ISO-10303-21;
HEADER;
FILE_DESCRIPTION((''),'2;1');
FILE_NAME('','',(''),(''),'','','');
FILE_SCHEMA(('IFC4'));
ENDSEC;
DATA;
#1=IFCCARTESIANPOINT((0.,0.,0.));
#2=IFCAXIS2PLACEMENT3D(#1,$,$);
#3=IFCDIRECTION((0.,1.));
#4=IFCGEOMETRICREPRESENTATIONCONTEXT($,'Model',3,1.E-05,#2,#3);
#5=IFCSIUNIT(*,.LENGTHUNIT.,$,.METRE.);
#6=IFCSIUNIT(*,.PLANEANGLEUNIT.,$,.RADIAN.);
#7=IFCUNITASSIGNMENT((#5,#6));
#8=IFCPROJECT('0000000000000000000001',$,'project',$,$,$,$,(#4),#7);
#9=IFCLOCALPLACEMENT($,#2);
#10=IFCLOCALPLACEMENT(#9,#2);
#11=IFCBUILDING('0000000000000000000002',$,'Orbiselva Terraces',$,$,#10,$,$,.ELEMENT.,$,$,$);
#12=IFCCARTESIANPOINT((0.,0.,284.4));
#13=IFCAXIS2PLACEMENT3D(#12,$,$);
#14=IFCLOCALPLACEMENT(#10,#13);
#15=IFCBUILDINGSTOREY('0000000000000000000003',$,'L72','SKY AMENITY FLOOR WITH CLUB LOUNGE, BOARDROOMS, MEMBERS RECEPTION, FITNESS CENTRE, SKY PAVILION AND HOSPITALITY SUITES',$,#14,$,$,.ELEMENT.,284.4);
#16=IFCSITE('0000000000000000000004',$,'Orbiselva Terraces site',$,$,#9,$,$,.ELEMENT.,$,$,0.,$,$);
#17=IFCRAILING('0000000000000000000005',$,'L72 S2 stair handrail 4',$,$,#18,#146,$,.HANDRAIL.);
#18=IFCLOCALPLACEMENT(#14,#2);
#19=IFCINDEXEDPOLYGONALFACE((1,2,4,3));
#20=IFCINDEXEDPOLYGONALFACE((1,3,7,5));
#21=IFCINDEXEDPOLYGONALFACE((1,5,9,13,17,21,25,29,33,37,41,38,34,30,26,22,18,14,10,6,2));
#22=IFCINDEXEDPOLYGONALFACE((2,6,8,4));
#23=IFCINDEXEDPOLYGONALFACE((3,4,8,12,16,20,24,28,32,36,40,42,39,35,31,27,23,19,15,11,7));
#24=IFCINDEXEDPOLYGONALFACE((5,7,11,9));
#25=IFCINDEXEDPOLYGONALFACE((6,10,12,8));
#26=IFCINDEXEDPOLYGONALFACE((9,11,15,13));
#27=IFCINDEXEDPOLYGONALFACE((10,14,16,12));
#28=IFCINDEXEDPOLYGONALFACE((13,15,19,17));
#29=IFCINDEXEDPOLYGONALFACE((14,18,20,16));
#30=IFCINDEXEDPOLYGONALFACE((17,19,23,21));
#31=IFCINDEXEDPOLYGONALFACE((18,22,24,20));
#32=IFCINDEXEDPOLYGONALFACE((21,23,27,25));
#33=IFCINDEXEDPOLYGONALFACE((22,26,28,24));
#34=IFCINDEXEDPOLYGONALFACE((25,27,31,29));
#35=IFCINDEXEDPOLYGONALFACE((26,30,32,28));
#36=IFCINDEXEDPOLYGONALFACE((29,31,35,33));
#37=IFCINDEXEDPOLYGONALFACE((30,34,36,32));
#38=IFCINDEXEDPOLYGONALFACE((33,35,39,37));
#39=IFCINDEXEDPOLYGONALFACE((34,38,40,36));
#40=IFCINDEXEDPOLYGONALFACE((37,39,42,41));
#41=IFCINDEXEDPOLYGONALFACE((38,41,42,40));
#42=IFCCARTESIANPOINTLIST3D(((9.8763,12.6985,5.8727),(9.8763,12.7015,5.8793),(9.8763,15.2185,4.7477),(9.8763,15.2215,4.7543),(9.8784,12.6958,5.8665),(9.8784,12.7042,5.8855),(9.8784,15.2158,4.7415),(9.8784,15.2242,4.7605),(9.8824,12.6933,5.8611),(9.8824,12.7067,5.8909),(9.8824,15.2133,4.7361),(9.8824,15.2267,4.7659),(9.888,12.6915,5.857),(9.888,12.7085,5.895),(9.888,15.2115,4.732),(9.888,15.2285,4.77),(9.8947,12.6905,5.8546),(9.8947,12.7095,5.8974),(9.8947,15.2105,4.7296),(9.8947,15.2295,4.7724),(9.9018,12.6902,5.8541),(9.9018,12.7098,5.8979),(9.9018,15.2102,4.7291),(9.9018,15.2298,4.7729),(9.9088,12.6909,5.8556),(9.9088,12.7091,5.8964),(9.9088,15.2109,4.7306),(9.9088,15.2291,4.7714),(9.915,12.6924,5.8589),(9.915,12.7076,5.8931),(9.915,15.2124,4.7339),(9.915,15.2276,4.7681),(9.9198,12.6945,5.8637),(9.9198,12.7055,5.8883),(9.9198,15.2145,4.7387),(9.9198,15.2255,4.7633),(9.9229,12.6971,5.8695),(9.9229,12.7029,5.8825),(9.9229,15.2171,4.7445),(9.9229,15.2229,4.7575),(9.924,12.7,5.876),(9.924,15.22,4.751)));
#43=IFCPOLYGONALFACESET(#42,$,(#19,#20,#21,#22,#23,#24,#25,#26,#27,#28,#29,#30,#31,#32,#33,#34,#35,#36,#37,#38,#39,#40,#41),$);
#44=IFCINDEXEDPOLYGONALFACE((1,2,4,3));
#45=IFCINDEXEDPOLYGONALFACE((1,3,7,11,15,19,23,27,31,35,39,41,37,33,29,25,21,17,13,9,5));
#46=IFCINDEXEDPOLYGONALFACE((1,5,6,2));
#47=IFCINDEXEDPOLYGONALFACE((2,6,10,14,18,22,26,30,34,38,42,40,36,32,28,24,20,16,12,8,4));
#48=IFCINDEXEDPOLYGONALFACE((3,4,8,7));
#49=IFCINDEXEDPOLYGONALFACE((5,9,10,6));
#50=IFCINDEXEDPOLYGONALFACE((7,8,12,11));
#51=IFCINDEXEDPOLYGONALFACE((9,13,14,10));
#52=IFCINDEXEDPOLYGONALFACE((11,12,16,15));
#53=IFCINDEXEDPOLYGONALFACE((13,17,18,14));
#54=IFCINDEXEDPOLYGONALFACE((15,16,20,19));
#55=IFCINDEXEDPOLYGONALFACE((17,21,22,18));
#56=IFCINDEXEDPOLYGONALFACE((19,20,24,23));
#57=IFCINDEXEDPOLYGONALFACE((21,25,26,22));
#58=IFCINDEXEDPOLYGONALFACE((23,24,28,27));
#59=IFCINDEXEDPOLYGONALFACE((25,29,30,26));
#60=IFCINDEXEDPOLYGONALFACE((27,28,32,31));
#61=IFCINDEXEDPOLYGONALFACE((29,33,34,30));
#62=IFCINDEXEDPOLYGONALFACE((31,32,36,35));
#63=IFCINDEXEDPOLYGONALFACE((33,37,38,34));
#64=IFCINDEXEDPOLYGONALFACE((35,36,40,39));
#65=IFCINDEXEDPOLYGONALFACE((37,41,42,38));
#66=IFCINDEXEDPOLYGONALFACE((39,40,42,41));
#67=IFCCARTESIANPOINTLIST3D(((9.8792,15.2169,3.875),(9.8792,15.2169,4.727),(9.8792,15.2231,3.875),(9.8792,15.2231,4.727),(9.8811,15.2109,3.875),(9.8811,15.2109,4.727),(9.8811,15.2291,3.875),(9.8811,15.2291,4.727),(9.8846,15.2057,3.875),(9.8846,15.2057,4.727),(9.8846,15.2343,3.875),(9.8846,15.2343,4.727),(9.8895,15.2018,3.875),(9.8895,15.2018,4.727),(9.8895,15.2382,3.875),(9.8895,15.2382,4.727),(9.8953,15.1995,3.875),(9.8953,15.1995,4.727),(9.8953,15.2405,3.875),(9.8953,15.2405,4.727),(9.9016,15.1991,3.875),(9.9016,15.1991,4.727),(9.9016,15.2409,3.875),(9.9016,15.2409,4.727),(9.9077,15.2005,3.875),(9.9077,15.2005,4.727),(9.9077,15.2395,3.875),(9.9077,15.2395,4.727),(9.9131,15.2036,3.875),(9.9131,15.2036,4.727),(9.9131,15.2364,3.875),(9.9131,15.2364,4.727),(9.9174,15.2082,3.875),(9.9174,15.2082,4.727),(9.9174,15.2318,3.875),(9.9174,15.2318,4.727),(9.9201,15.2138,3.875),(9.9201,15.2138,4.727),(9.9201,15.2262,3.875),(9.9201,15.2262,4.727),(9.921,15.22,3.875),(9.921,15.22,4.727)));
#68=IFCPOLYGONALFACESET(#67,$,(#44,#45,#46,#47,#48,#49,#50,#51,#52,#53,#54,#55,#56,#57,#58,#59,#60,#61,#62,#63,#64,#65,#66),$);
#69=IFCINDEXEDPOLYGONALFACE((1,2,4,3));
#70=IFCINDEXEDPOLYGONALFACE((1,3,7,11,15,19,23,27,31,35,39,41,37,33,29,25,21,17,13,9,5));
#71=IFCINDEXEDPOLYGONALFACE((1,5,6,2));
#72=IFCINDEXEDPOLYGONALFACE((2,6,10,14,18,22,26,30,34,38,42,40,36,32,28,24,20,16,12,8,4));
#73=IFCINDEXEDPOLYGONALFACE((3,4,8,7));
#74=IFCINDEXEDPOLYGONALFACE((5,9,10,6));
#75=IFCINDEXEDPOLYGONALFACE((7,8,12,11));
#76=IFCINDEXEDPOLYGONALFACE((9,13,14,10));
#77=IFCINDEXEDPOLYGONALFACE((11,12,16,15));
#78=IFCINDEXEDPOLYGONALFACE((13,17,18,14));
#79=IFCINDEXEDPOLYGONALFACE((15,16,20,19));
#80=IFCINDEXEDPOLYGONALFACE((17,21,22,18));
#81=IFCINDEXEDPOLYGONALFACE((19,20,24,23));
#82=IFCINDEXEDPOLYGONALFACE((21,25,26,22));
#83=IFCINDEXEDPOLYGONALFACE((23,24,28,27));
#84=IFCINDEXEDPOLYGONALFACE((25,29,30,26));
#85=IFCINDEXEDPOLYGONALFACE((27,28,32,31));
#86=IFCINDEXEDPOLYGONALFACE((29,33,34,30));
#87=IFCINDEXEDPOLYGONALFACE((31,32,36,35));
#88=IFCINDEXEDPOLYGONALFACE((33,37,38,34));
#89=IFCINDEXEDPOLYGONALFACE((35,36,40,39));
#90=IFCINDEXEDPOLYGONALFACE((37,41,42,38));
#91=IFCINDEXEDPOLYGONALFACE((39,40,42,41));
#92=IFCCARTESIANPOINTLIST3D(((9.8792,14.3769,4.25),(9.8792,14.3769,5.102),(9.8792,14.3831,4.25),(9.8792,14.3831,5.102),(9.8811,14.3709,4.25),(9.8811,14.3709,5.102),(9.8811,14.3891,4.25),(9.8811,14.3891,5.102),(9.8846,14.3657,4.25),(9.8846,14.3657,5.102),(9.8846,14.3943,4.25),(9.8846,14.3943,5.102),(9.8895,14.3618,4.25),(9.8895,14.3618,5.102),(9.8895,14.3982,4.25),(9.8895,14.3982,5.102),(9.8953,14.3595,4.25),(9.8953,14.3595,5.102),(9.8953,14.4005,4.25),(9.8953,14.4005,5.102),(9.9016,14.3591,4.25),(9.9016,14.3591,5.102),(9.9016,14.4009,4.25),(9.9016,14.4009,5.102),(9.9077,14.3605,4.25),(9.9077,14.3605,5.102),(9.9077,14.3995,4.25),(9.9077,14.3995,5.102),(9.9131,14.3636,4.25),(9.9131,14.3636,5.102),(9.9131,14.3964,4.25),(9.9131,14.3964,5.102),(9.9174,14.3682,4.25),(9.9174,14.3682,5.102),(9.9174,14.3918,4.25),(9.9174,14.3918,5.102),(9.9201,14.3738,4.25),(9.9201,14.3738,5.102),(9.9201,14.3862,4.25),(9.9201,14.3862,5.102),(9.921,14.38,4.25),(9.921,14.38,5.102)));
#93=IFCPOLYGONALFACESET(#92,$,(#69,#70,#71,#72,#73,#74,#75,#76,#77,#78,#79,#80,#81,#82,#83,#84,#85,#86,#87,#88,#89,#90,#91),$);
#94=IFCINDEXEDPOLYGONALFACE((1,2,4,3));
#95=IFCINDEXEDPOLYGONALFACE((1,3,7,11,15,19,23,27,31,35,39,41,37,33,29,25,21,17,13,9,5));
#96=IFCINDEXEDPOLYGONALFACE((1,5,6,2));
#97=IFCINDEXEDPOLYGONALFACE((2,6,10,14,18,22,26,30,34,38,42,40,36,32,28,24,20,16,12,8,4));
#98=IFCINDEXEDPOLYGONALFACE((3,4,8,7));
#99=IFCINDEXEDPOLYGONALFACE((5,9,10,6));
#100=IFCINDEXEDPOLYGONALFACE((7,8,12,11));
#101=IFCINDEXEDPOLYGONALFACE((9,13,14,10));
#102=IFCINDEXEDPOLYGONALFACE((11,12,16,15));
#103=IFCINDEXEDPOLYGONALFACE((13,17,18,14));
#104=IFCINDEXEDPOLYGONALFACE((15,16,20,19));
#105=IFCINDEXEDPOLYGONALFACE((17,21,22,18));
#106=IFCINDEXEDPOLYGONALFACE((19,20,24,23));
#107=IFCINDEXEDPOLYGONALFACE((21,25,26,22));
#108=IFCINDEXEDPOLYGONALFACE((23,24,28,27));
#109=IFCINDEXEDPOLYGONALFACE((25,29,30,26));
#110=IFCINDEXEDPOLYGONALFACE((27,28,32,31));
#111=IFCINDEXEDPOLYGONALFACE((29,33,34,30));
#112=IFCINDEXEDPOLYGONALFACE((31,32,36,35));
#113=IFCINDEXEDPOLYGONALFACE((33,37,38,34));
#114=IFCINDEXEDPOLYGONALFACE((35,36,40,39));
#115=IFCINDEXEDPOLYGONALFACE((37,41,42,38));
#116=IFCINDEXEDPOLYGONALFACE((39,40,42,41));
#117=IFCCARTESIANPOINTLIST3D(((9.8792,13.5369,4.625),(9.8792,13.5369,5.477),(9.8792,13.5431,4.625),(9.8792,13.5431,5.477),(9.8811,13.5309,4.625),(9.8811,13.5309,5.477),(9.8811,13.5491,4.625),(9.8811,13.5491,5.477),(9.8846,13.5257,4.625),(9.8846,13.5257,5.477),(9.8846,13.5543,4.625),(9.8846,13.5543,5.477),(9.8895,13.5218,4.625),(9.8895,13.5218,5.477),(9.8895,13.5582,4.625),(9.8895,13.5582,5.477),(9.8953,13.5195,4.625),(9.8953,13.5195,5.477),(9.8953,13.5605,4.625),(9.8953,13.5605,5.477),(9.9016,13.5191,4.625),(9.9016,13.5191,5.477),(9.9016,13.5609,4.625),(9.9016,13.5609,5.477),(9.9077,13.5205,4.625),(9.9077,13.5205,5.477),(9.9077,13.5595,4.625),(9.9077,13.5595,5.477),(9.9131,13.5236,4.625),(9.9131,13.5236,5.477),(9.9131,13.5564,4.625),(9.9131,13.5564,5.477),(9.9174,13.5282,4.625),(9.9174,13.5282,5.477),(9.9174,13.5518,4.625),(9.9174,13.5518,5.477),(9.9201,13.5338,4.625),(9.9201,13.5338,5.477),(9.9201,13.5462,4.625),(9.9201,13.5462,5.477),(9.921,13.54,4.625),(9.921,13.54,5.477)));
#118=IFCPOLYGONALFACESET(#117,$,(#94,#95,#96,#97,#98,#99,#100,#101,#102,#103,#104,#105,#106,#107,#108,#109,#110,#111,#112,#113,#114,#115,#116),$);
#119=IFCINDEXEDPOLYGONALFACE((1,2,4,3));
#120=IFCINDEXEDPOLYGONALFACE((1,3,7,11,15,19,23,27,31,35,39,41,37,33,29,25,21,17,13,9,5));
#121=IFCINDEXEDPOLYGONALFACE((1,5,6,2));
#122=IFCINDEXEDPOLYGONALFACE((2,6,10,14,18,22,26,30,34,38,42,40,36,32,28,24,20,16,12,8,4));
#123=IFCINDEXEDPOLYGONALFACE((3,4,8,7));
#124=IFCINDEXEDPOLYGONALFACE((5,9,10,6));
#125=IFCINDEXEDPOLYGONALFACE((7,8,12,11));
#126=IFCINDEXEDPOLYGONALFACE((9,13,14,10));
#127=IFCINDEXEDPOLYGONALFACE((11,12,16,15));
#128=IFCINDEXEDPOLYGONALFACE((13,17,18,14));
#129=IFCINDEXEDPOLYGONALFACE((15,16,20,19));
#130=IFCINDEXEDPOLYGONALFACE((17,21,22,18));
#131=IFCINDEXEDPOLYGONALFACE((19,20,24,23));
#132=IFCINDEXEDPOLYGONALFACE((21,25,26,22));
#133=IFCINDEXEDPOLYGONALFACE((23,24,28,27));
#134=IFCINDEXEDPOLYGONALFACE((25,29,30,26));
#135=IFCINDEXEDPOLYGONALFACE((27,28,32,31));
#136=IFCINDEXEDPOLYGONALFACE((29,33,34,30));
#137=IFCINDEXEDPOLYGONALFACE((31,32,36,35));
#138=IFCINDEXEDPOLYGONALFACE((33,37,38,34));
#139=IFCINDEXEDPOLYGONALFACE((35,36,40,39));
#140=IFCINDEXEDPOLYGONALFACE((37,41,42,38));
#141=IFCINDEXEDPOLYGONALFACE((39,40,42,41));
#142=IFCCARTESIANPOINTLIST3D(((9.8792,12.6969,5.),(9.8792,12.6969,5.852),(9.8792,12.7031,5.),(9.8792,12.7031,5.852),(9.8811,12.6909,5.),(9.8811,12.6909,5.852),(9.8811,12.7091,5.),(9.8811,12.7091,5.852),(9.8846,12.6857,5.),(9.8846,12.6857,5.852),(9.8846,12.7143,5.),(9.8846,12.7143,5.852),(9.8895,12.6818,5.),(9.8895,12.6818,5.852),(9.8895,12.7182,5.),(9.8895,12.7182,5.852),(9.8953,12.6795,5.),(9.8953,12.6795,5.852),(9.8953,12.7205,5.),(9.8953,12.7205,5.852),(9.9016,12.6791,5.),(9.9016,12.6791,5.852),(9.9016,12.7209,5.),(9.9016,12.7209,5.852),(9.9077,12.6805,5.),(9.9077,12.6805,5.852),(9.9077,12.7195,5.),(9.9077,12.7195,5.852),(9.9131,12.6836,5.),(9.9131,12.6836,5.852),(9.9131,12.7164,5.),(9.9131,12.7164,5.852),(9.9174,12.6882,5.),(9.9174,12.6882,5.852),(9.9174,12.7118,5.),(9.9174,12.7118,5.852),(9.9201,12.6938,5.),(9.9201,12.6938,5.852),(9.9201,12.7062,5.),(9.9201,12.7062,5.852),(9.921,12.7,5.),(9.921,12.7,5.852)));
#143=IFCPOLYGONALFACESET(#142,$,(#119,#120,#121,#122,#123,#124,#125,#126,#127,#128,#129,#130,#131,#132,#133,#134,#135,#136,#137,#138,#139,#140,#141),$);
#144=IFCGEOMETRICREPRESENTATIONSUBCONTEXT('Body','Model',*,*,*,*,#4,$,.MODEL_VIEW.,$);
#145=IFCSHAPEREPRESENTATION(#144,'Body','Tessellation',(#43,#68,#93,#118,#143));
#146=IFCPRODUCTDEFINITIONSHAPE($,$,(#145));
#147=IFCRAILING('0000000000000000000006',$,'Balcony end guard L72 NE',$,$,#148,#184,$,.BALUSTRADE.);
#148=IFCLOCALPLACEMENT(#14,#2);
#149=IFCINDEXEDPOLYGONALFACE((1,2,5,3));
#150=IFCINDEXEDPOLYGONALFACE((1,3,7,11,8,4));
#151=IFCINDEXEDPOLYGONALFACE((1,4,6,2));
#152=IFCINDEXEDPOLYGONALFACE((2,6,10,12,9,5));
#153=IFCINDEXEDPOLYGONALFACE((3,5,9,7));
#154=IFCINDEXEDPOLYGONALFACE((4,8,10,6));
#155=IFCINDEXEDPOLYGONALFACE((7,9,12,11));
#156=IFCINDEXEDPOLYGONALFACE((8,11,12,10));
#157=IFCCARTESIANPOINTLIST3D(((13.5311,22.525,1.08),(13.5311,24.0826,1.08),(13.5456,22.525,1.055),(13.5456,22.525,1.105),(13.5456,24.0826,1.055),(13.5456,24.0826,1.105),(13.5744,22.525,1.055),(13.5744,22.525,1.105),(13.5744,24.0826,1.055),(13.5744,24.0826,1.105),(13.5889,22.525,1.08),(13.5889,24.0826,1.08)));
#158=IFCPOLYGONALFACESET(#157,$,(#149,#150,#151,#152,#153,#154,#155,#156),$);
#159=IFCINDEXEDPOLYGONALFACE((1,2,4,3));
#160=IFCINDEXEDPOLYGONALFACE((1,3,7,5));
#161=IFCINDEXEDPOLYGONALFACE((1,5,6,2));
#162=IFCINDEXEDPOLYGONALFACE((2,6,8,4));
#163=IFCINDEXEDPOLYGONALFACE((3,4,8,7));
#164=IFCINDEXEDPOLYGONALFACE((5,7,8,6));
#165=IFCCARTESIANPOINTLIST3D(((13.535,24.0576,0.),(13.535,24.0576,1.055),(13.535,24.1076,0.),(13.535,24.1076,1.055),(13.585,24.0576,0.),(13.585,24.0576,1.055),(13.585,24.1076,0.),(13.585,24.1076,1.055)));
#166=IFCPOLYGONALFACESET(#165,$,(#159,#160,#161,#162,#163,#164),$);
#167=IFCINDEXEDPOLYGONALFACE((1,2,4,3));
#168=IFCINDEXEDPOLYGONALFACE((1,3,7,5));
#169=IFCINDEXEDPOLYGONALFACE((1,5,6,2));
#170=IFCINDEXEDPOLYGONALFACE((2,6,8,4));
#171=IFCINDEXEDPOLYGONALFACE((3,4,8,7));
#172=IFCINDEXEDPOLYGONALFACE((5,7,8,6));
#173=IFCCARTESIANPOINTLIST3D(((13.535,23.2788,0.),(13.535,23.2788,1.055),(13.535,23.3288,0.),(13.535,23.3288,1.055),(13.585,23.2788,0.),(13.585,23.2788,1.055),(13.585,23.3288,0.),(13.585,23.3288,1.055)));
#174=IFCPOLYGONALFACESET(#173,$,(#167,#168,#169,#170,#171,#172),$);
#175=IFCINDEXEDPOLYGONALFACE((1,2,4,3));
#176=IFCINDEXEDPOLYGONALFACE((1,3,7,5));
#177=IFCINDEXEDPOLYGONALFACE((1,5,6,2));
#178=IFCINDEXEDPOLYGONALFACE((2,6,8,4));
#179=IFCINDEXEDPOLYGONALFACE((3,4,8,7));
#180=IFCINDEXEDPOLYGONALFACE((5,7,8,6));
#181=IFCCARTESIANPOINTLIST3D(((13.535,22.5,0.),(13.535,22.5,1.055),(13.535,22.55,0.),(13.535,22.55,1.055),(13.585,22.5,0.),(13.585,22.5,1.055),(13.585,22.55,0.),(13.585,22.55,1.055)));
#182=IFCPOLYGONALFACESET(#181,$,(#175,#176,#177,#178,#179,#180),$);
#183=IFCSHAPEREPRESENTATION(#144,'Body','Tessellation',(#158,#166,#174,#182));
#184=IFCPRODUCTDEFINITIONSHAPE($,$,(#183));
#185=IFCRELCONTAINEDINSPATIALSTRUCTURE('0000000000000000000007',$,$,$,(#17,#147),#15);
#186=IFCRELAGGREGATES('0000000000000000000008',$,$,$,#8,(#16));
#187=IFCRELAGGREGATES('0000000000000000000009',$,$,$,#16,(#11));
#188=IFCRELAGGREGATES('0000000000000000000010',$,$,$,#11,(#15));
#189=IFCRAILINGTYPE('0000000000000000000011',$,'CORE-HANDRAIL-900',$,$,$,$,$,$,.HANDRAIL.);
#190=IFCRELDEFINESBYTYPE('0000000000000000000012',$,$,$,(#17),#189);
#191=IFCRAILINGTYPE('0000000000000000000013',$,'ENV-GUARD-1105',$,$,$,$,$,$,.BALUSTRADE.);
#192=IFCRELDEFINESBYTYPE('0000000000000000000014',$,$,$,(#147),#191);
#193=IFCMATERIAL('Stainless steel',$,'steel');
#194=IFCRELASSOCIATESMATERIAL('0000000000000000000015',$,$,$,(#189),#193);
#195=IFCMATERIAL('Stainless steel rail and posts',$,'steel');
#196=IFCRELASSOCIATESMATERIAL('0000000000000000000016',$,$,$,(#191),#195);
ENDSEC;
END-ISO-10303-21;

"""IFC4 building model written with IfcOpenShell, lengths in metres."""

from ifc_helpers import new_model, si_unit, direction, frame, origin, origin_2d, place, context, subcontext, project, spatial, polyline, rectangle, circle, outline, extrude, material, type_object, element, save


model = new_model("IFC4")

# Units and contexts
model_context = context("Model", 3, precision=1e-05, world=origin(), true_north=direction((0.0, 1.0)))
body_context = subcontext(model_context, "Body", "Model", "MODEL_VIEW")
ifc_project = project(units=[si_unit("LENGTHUNIT", "METRE"), si_unit("PLANEANGLEUNIT", "RADIAN")], contexts=[model_context])

# Site, building, storey
site_placement = place(None, origin())
site = spatial("IfcSite", under=ifc_project, at=site_placement, Name="Orbiselva Terraces site", CompositionType="ELEMENT", RefElevation=0.0)
building_placement = place(site_placement, origin())
building = spatial("IfcBuilding", under=site, at=building_placement, Name="Orbiselva Terraces", CompositionType="ELEMENT")
storey_placement = place(building_placement, frame((0.0, 0.0, 284.4)))
storey = spatial("IfcBuildingStorey", under=building, at=storey_placement, Name="L72", Description="SKY AMENITY FLOOR WITH CLUB LOUNGE, BOARDROOMS, MEMBERS RECEPTION, FITNESS CENTRE, SKY PAVILION AND HOSPITALITY SUITES", CompositionType="ELEMENT", Elevation=284.4)

# Railings
ifc_material_1 = material(Name="Stainless steel", Category="steel")
railing_type_1 = type_object("IfcRailingType", Name="CORE-HANDRAIL-900", PredefinedType="HANDRAIL", material=ifc_material_1)
for number, where, name in (
    (1, (9.9, 15.22, 3.875), "L72 S2 stair handrail 4"),
):
    element("IfcRailing", number, at=place(storey_placement, frame(where)), inside=storey, type_object=railing_type_1, Name=name, PredefinedType="HANDRAIL", context=body_context, shape_type="SweptSolid", body=[
        extrude(circle(Radius=0.024, at=origin_2d()), frame((0.0, 0.0, 0.876), z_axis=(0.0, -0.913138, 0.407651), x_axis=(1.0, 0.0, 0.0)), (0.0, 0.0, 1.0), 2.7597),
        extrude(circle(Radius=0.021, at=origin_2d()), origin(), (0.0, 0.0, 1.0), 0.852),
        extrude(circle(Radius=0.021, at=origin_2d()), frame((0.0, -0.84, 0.375)), (0.0, 0.0, 1.0), 0.852),
        extrude(circle(Radius=0.021, at=origin_2d()), frame((0.0, -1.68, 0.75)), (0.0, 0.0, 1.0), 0.852),
        extrude(circle(Radius=0.021, at=origin_2d()), frame((0.0, -2.52, 1.125)), (0.0, 0.0, 1.0), 0.852),
    ])
ifc_material_2 = material(Name="Stainless steel rail and posts", Category="steel")
railing_type_2 = type_object("IfcRailingType", Name="ENV-GUARD-1105", PredefinedType="BALUSTRADE", material=ifc_material_2)
railing_placement = place(storey_placement, frame((13.56, 24.0826, 0.0)))
element("IfcRailing", 2, at=railing_placement, inside=storey, type_object=railing_type_2, Name="Balcony end guard L72 NE", PredefinedType="BALUSTRADE", context=body_context, shape_type="SweptSolid", body=[
    extrude(outline(polyline([(0.0289, 0.0), (0.0144, 0.025), (-0.0144, 0.025), (-0.0289, 0.0), (-0.0144, -0.025), (0.0144, -0.025), (0.0289, 0.0)])), frame((0.0, 0.0, 1.08), z_axis=(0.0, -1.0, 0.0), x_axis=(1.0, 0.0, 0.0)), (0.0, 0.0, 1.0), 1.5576),
    extrude(rectangle(XDim=0.05, YDim=0.05, at=origin_2d()), origin(), (0.0, 0.0, 1.0), 1.055),
    extrude(rectangle(XDim=0.05, YDim=0.05, at=origin_2d()), frame((0.0, -0.7788, 0.0)), (0.0, 0.0, 1.0), 1.055),
    extrude(rectangle(XDim=0.05, YDim=0.05, at=origin_2d()), frame((0.0, -1.5576, 0.0)), (0.0, 0.0, 1.0), 1.055),
])

save(model, "model.ifc")
